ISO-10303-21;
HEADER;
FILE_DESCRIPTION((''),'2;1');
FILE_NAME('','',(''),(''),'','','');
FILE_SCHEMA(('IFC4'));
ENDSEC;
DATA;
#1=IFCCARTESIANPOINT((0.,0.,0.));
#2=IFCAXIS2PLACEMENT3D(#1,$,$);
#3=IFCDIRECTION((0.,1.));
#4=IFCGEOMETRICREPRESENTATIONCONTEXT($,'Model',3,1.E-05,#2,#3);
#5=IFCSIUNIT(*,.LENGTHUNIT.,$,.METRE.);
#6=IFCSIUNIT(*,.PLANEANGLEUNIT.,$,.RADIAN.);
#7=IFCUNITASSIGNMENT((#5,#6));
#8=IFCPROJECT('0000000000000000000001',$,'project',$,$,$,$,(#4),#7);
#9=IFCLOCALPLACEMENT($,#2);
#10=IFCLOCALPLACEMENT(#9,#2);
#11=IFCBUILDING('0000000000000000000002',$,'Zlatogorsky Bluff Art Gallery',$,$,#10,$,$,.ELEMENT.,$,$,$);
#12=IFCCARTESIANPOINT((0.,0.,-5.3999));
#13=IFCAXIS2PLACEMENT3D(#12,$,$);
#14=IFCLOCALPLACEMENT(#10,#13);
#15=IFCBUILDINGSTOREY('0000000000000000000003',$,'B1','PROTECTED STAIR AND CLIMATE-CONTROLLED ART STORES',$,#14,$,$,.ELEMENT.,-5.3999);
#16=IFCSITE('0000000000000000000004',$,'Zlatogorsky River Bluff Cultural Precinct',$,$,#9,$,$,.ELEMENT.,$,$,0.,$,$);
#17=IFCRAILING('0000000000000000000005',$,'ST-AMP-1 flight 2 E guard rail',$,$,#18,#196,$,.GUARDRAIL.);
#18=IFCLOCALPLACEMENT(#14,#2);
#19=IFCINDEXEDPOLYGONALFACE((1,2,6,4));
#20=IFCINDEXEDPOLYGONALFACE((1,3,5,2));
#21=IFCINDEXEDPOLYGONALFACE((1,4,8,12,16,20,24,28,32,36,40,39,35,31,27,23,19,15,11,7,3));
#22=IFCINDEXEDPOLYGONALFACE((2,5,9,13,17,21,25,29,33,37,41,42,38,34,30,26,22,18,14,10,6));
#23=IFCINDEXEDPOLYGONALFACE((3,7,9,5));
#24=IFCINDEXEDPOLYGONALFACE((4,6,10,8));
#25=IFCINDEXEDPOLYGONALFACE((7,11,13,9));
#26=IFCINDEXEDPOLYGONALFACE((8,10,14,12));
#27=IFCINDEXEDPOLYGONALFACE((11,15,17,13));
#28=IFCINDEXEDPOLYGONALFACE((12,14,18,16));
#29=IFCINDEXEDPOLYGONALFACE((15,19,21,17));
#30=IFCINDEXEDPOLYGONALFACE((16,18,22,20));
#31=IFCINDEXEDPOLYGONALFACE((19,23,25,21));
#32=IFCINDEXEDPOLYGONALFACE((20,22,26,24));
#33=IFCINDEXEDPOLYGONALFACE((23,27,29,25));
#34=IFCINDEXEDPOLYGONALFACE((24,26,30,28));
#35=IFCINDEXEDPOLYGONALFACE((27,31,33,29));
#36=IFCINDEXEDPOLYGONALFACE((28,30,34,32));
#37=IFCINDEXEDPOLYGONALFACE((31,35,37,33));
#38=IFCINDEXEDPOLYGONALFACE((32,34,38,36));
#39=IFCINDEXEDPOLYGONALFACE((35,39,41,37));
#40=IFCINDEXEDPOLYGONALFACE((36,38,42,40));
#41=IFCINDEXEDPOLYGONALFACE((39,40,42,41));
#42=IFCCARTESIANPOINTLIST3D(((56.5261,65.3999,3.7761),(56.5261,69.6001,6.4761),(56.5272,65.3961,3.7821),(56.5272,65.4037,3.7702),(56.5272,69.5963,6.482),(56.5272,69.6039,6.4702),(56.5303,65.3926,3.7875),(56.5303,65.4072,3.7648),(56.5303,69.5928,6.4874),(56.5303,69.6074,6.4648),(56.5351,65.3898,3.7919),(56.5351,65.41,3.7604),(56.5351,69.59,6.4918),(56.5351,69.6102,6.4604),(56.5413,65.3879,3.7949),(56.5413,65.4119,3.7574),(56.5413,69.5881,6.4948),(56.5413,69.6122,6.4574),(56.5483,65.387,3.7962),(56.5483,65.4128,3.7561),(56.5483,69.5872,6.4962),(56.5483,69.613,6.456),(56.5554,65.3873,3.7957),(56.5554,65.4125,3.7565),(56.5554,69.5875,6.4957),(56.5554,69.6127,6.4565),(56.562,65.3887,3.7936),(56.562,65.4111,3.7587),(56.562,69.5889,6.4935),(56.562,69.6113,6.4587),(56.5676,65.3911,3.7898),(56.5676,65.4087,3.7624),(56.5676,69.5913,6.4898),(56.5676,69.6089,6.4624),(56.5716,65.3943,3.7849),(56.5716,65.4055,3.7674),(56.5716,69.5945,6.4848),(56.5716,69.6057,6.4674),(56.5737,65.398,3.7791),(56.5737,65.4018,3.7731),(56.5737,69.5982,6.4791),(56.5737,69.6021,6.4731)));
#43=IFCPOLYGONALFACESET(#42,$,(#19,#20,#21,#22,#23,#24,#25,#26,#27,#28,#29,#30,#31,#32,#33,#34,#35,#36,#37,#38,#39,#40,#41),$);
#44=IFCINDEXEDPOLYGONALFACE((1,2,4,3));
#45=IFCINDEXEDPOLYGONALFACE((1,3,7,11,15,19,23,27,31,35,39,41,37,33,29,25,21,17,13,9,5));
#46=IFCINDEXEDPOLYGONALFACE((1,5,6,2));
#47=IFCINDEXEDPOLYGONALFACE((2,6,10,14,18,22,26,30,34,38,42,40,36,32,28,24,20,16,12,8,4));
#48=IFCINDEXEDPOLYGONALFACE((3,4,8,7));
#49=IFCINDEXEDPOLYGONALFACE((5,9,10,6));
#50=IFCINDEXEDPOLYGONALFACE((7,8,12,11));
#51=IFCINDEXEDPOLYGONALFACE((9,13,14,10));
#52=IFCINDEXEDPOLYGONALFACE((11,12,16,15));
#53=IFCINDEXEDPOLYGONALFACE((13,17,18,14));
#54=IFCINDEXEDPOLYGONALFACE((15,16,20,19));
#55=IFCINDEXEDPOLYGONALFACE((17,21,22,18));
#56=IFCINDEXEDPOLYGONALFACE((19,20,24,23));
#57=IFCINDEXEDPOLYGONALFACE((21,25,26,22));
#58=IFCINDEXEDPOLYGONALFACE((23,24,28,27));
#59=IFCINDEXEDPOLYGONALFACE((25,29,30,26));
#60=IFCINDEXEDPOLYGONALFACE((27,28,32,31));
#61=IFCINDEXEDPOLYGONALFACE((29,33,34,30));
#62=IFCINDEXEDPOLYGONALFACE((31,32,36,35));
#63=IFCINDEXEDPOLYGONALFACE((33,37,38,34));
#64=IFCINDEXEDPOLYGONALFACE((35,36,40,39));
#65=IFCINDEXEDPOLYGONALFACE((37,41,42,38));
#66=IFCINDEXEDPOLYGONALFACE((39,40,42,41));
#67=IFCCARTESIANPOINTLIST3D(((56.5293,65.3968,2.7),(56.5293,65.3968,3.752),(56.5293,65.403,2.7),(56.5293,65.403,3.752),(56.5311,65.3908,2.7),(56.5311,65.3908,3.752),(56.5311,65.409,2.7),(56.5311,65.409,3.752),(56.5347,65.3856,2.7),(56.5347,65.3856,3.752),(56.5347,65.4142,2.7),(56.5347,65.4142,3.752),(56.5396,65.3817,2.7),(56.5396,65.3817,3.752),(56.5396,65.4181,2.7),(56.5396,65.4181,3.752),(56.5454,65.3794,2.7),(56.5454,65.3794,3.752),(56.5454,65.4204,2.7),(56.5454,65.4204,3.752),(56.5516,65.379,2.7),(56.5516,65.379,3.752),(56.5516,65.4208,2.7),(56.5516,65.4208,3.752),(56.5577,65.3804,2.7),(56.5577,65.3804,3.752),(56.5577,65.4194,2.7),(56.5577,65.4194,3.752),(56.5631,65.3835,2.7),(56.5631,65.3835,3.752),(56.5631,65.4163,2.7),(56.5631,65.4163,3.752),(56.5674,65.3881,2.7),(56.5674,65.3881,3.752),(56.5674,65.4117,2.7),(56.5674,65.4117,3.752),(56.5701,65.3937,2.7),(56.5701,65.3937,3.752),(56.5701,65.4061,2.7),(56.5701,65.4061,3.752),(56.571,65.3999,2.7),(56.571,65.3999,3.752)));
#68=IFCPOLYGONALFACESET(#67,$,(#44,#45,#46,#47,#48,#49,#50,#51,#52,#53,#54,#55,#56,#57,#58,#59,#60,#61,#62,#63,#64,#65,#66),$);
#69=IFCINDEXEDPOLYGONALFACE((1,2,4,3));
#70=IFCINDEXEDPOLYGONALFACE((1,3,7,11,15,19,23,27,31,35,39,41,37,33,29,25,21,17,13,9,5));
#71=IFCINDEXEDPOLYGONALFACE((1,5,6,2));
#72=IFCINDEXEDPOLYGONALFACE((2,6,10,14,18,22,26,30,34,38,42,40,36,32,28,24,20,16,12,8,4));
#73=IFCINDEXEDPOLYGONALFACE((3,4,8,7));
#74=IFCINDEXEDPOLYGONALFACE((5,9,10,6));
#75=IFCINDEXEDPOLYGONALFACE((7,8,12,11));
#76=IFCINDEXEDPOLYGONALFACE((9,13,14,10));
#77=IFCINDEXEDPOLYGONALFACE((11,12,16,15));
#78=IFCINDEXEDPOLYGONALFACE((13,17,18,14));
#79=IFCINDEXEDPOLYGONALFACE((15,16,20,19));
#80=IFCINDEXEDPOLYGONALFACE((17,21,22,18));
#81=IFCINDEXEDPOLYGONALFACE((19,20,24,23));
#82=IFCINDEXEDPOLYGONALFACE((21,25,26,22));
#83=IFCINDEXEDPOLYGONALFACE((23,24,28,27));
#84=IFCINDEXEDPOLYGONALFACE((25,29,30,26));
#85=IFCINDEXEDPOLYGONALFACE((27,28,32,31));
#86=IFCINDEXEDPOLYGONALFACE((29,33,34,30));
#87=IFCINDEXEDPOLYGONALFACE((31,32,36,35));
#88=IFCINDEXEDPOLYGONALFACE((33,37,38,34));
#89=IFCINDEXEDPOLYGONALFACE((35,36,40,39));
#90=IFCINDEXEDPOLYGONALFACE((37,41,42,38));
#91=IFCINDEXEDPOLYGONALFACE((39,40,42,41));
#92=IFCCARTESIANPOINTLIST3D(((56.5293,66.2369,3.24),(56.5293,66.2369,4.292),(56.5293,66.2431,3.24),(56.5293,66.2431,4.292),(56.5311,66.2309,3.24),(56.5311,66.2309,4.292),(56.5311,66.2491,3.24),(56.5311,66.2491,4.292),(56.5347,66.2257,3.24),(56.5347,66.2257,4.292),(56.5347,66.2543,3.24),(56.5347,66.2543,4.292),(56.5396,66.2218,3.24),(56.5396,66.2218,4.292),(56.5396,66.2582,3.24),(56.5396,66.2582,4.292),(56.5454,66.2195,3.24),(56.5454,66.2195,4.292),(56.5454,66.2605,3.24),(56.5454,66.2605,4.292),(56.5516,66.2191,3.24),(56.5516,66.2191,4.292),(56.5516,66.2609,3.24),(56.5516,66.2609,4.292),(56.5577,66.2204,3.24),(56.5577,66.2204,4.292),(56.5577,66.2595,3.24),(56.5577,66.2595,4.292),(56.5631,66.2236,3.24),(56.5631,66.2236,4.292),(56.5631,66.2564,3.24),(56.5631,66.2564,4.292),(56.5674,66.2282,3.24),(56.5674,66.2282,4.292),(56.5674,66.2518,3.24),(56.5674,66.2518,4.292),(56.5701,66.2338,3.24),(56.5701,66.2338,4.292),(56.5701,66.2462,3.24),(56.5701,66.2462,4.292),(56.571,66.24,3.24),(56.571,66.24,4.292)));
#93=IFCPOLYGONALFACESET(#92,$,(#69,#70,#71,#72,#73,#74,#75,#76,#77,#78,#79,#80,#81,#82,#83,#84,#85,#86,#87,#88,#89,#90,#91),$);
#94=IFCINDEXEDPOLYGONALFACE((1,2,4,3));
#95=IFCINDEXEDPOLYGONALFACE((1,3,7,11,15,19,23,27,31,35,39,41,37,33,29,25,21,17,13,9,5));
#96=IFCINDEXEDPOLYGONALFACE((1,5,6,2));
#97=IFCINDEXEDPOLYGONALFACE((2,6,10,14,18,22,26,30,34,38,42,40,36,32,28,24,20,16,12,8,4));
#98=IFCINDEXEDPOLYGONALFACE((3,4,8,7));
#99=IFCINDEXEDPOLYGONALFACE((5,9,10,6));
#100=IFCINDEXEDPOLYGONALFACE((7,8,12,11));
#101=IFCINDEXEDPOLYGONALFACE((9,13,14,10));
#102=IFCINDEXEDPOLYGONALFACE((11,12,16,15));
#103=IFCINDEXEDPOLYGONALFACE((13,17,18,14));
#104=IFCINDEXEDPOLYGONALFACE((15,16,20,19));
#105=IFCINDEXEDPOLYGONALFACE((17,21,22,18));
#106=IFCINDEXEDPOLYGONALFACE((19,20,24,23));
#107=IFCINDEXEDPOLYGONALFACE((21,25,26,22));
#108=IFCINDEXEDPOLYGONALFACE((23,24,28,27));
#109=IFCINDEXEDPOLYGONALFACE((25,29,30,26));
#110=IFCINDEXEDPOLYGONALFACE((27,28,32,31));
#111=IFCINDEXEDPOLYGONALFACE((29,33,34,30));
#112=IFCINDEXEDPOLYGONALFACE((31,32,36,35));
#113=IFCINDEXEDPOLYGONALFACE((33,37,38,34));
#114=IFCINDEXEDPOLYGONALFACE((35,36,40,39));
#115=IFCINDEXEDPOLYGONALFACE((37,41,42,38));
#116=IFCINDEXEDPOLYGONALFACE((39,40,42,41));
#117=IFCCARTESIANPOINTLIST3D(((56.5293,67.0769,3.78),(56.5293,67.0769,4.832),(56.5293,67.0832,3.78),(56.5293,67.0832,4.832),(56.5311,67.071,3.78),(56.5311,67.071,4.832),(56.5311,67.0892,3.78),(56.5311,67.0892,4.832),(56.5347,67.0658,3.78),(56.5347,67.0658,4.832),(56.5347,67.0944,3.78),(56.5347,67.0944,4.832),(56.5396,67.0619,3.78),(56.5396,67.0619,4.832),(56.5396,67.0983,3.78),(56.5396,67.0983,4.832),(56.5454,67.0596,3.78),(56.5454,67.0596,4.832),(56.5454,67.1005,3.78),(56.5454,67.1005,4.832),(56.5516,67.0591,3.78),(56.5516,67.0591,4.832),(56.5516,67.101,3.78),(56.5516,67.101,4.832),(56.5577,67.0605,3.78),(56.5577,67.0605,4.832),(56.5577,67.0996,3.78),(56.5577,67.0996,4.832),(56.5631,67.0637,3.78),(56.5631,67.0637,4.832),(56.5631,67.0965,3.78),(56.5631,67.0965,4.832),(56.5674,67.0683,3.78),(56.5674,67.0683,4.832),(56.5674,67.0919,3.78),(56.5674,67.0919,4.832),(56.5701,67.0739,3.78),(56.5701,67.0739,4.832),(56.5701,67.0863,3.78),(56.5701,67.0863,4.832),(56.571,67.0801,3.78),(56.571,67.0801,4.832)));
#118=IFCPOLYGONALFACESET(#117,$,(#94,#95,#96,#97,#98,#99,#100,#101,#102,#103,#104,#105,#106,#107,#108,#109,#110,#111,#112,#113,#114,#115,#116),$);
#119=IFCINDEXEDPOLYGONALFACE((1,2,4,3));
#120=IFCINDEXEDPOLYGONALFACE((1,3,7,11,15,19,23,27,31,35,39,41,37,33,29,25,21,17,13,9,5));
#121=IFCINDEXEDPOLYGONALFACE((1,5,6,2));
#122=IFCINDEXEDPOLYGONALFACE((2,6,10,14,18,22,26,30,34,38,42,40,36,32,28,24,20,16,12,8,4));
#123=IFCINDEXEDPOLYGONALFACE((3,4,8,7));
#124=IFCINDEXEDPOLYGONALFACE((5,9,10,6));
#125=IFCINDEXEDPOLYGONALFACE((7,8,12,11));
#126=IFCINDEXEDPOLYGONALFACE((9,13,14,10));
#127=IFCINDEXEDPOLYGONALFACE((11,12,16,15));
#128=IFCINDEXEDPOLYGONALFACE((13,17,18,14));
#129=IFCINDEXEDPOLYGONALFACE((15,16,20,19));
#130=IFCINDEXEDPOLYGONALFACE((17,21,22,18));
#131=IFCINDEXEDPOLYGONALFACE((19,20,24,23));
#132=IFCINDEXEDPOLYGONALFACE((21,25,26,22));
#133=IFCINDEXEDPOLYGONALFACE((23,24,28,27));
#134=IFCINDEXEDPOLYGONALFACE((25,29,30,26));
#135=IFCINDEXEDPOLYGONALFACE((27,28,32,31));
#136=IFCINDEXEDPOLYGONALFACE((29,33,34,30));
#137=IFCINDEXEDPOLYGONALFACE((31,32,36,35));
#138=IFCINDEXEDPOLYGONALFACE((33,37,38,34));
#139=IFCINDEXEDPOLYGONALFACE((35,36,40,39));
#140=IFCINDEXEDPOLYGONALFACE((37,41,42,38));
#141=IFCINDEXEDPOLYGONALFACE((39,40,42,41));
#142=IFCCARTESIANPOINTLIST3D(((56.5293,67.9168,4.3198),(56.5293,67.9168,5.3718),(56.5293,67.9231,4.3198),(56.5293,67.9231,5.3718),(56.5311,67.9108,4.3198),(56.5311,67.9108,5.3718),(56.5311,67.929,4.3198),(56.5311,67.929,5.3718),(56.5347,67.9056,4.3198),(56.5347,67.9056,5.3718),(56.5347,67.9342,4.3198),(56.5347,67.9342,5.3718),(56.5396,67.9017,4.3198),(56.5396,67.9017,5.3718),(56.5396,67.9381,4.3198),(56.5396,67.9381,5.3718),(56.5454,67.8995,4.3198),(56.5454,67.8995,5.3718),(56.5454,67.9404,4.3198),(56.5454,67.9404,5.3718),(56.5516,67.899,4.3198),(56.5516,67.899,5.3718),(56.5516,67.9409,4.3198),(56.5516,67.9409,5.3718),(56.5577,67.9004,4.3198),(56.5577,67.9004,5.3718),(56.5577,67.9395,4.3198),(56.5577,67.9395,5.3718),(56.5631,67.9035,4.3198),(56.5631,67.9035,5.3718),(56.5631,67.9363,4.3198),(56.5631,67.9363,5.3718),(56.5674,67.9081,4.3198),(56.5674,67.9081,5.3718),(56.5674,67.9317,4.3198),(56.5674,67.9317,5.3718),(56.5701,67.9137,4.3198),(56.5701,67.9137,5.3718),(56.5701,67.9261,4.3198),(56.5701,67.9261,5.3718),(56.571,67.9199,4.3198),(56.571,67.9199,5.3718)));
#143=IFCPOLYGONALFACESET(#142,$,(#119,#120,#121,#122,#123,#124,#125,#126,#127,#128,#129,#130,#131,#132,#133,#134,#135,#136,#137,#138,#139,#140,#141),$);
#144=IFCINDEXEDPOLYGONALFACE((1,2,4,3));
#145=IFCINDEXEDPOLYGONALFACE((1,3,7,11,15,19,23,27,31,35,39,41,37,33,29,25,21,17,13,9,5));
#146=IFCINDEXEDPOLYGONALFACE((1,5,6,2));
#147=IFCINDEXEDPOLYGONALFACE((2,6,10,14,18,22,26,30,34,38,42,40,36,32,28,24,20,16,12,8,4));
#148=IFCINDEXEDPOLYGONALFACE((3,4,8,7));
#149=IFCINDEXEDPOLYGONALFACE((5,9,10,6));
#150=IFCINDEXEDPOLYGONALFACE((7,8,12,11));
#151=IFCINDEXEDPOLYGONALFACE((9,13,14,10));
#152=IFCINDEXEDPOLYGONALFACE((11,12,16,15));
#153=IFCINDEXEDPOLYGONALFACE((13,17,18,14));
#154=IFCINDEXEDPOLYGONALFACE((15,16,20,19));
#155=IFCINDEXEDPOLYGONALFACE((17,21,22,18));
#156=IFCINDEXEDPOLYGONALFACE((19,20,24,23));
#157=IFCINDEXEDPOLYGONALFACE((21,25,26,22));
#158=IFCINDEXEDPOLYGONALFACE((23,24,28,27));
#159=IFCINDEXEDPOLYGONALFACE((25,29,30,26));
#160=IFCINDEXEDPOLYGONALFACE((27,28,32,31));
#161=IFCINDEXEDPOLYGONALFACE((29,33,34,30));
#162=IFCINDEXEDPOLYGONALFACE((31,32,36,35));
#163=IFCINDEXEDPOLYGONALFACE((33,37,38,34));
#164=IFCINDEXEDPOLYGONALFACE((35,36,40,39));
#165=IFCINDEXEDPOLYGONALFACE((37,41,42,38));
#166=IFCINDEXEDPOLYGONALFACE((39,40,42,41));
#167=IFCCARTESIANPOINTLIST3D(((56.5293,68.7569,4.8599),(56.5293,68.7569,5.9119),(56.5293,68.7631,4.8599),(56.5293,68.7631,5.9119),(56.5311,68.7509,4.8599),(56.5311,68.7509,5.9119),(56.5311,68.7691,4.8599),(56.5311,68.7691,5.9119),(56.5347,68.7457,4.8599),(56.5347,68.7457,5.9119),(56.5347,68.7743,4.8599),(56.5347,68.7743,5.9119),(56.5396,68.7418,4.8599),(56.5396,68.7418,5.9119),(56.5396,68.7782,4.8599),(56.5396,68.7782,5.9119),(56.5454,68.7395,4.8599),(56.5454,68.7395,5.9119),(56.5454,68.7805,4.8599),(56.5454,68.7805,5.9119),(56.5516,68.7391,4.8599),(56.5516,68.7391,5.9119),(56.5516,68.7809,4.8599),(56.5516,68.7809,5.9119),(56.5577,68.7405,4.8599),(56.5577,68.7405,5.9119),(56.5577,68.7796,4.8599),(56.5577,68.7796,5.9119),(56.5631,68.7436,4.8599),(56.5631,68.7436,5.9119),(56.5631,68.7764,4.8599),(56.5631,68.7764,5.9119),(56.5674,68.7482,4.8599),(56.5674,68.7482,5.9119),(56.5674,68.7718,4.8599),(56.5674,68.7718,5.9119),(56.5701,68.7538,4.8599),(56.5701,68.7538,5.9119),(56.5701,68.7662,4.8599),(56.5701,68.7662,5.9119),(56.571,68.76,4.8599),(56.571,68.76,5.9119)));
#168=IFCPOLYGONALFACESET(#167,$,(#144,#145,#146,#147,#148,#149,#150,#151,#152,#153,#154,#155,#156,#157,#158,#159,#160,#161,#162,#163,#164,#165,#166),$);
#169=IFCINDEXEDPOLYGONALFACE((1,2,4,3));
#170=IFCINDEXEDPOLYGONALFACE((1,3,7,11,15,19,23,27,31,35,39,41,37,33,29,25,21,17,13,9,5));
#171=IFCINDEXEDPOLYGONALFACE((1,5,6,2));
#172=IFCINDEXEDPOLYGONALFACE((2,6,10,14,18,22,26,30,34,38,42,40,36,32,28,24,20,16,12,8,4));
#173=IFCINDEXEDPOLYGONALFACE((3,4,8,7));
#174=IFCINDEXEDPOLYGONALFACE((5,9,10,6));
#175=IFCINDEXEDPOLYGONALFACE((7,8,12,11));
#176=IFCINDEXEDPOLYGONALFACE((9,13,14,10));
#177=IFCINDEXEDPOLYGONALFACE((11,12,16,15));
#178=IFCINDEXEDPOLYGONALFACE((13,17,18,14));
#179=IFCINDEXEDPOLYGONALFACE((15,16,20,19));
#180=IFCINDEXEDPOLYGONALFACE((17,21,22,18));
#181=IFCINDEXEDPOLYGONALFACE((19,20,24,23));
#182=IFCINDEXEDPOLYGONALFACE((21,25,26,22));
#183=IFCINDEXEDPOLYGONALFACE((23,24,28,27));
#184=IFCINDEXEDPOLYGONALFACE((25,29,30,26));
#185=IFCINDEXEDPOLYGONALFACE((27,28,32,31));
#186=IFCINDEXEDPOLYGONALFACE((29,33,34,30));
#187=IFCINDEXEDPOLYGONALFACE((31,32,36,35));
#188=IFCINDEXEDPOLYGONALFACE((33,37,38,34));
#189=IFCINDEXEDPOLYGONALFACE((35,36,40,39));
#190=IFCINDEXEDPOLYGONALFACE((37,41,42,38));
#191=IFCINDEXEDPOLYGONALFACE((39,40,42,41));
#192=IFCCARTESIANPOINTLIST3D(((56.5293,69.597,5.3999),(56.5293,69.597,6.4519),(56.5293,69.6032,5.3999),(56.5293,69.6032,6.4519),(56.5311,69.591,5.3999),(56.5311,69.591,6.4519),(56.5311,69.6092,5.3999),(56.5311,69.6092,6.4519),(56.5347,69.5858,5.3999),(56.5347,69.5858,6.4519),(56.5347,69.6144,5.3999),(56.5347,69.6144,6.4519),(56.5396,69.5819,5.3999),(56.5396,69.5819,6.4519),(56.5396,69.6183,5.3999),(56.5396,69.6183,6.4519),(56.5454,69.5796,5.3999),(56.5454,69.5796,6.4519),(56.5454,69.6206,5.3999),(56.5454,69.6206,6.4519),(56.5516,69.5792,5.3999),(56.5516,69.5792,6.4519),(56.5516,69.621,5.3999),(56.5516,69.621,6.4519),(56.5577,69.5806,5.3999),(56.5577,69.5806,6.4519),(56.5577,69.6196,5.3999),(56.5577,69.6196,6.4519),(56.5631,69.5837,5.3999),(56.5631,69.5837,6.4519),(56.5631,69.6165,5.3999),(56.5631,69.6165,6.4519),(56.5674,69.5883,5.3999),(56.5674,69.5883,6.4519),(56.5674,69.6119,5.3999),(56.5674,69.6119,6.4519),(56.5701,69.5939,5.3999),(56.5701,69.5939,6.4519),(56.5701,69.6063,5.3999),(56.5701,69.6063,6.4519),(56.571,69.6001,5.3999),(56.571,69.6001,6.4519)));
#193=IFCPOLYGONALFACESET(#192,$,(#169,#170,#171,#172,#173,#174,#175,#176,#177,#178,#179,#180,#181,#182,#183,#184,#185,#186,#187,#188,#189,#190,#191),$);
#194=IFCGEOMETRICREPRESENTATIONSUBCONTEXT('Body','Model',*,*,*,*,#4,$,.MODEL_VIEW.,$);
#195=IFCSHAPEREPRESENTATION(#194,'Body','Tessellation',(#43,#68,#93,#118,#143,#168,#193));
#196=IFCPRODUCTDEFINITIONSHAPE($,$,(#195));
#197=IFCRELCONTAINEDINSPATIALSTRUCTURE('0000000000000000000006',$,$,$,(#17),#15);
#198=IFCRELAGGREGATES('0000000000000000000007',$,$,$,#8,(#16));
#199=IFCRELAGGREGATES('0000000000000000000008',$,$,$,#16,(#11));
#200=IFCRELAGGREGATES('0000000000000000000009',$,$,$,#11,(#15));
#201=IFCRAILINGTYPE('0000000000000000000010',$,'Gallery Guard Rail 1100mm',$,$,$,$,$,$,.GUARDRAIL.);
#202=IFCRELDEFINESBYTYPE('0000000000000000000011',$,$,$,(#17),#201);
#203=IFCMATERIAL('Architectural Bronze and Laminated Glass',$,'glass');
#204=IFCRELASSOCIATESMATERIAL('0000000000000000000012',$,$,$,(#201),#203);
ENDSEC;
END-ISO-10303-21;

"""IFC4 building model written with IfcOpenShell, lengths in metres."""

from ifc_helpers import new_model, si_unit, direction, frame, origin, origin_2d, place, context, subcontext, project, spatial, circle, extrude, material, type_object, element, save


model = new_model("IFC4")

# Units and contexts
model_context = context("Model", 3, precision=1e-05, world=origin(), true_north=direction((0.0, 1.0)))
body_context = subcontext(model_context, "Body", "Model", "MODEL_VIEW")
ifc_project = project(units=[si_unit("LENGTHUNIT", "METRE"), si_unit("PLANEANGLEUNIT", "RADIAN")], contexts=[model_context])

# Site, building, storey
site_placement = place(None, origin())
site = spatial("IfcSite", under=ifc_project, at=site_placement, Name="Zlatogorsky River Bluff Cultural Precinct", CompositionType="ELEMENT", RefElevation=0.0)
building_placement = place(site_placement, origin())
building = spatial("IfcBuilding", under=site, at=building_placement, Name="Zlatogorsky Bluff Art Gallery", CompositionType="ELEMENT")
storey_placement = place(building_placement, frame((0.0, 0.0, -5.3999)))
storey = spatial("IfcBuildingStorey", under=building, at=storey_placement, Name="B1", Description="PROTECTED STAIR AND CLIMATE-CONTROLLED ART STORES", CompositionType="ELEMENT", Elevation=-5.3999)

# Railing
ifc_material_1 = material(Name="Architectural Bronze and Laminated Glass", Category="glass")
railing_type_1 = type_object("IfcRailingType", Name="Gallery Guard Rail 1100mm", PredefinedType="GUARDRAIL", material=ifc_material_1)
for number, where, name in (
    (1, (56.55, 65.3999, 2.7), "ST-AMP-1 flight 2 E guard rail"),
):
    element("IfcRailing", number, at=place(storey_placement, frame(where)), inside=storey, type_object=railing_type_1, Name=name, PredefinedType="GUARDRAIL", context=body_context, shape_type="SweptSolid", body=[
        extrude(circle(Radius=0.0239, at=origin_2d()), frame((0.0, 0.0, 1.0762), z_axis=(0.0, 0.841194, 0.540733), x_axis=(-1.0, 0.0, 0.0)), (0.0, 0.0, 1.0), 4.9932),
        extrude(circle(Radius=0.021, at=origin_2d()), origin(), (0.0, 0.0, 1.0), 1.052),
        extrude(circle(Radius=0.021, at=origin_2d()), frame((0.0, 0.8401, 0.54)), (0.0, 0.0, 1.0), 1.052),
        extrude(circle(Radius=0.021, at=origin_2d()), frame((0.0, 1.6802, 1.0801)), (0.0, 0.0, 1.0), 1.052),
        extrude(circle(Radius=0.021, at=origin_2d()), frame((0.0, 2.52, 1.6199)), (0.0, 0.0, 1.0), 1.052),
        extrude(circle(Radius=0.021, at=origin_2d()), frame((0.0, 3.3601, 2.1599)), (0.0, 0.0, 1.0), 1.052),
        extrude(circle(Radius=0.021, at=origin_2d()), frame((0.0, 4.2002, 2.7)), (0.0, 0.0, 1.0), 1.052),
    ])

save(model, "model.ifc")
